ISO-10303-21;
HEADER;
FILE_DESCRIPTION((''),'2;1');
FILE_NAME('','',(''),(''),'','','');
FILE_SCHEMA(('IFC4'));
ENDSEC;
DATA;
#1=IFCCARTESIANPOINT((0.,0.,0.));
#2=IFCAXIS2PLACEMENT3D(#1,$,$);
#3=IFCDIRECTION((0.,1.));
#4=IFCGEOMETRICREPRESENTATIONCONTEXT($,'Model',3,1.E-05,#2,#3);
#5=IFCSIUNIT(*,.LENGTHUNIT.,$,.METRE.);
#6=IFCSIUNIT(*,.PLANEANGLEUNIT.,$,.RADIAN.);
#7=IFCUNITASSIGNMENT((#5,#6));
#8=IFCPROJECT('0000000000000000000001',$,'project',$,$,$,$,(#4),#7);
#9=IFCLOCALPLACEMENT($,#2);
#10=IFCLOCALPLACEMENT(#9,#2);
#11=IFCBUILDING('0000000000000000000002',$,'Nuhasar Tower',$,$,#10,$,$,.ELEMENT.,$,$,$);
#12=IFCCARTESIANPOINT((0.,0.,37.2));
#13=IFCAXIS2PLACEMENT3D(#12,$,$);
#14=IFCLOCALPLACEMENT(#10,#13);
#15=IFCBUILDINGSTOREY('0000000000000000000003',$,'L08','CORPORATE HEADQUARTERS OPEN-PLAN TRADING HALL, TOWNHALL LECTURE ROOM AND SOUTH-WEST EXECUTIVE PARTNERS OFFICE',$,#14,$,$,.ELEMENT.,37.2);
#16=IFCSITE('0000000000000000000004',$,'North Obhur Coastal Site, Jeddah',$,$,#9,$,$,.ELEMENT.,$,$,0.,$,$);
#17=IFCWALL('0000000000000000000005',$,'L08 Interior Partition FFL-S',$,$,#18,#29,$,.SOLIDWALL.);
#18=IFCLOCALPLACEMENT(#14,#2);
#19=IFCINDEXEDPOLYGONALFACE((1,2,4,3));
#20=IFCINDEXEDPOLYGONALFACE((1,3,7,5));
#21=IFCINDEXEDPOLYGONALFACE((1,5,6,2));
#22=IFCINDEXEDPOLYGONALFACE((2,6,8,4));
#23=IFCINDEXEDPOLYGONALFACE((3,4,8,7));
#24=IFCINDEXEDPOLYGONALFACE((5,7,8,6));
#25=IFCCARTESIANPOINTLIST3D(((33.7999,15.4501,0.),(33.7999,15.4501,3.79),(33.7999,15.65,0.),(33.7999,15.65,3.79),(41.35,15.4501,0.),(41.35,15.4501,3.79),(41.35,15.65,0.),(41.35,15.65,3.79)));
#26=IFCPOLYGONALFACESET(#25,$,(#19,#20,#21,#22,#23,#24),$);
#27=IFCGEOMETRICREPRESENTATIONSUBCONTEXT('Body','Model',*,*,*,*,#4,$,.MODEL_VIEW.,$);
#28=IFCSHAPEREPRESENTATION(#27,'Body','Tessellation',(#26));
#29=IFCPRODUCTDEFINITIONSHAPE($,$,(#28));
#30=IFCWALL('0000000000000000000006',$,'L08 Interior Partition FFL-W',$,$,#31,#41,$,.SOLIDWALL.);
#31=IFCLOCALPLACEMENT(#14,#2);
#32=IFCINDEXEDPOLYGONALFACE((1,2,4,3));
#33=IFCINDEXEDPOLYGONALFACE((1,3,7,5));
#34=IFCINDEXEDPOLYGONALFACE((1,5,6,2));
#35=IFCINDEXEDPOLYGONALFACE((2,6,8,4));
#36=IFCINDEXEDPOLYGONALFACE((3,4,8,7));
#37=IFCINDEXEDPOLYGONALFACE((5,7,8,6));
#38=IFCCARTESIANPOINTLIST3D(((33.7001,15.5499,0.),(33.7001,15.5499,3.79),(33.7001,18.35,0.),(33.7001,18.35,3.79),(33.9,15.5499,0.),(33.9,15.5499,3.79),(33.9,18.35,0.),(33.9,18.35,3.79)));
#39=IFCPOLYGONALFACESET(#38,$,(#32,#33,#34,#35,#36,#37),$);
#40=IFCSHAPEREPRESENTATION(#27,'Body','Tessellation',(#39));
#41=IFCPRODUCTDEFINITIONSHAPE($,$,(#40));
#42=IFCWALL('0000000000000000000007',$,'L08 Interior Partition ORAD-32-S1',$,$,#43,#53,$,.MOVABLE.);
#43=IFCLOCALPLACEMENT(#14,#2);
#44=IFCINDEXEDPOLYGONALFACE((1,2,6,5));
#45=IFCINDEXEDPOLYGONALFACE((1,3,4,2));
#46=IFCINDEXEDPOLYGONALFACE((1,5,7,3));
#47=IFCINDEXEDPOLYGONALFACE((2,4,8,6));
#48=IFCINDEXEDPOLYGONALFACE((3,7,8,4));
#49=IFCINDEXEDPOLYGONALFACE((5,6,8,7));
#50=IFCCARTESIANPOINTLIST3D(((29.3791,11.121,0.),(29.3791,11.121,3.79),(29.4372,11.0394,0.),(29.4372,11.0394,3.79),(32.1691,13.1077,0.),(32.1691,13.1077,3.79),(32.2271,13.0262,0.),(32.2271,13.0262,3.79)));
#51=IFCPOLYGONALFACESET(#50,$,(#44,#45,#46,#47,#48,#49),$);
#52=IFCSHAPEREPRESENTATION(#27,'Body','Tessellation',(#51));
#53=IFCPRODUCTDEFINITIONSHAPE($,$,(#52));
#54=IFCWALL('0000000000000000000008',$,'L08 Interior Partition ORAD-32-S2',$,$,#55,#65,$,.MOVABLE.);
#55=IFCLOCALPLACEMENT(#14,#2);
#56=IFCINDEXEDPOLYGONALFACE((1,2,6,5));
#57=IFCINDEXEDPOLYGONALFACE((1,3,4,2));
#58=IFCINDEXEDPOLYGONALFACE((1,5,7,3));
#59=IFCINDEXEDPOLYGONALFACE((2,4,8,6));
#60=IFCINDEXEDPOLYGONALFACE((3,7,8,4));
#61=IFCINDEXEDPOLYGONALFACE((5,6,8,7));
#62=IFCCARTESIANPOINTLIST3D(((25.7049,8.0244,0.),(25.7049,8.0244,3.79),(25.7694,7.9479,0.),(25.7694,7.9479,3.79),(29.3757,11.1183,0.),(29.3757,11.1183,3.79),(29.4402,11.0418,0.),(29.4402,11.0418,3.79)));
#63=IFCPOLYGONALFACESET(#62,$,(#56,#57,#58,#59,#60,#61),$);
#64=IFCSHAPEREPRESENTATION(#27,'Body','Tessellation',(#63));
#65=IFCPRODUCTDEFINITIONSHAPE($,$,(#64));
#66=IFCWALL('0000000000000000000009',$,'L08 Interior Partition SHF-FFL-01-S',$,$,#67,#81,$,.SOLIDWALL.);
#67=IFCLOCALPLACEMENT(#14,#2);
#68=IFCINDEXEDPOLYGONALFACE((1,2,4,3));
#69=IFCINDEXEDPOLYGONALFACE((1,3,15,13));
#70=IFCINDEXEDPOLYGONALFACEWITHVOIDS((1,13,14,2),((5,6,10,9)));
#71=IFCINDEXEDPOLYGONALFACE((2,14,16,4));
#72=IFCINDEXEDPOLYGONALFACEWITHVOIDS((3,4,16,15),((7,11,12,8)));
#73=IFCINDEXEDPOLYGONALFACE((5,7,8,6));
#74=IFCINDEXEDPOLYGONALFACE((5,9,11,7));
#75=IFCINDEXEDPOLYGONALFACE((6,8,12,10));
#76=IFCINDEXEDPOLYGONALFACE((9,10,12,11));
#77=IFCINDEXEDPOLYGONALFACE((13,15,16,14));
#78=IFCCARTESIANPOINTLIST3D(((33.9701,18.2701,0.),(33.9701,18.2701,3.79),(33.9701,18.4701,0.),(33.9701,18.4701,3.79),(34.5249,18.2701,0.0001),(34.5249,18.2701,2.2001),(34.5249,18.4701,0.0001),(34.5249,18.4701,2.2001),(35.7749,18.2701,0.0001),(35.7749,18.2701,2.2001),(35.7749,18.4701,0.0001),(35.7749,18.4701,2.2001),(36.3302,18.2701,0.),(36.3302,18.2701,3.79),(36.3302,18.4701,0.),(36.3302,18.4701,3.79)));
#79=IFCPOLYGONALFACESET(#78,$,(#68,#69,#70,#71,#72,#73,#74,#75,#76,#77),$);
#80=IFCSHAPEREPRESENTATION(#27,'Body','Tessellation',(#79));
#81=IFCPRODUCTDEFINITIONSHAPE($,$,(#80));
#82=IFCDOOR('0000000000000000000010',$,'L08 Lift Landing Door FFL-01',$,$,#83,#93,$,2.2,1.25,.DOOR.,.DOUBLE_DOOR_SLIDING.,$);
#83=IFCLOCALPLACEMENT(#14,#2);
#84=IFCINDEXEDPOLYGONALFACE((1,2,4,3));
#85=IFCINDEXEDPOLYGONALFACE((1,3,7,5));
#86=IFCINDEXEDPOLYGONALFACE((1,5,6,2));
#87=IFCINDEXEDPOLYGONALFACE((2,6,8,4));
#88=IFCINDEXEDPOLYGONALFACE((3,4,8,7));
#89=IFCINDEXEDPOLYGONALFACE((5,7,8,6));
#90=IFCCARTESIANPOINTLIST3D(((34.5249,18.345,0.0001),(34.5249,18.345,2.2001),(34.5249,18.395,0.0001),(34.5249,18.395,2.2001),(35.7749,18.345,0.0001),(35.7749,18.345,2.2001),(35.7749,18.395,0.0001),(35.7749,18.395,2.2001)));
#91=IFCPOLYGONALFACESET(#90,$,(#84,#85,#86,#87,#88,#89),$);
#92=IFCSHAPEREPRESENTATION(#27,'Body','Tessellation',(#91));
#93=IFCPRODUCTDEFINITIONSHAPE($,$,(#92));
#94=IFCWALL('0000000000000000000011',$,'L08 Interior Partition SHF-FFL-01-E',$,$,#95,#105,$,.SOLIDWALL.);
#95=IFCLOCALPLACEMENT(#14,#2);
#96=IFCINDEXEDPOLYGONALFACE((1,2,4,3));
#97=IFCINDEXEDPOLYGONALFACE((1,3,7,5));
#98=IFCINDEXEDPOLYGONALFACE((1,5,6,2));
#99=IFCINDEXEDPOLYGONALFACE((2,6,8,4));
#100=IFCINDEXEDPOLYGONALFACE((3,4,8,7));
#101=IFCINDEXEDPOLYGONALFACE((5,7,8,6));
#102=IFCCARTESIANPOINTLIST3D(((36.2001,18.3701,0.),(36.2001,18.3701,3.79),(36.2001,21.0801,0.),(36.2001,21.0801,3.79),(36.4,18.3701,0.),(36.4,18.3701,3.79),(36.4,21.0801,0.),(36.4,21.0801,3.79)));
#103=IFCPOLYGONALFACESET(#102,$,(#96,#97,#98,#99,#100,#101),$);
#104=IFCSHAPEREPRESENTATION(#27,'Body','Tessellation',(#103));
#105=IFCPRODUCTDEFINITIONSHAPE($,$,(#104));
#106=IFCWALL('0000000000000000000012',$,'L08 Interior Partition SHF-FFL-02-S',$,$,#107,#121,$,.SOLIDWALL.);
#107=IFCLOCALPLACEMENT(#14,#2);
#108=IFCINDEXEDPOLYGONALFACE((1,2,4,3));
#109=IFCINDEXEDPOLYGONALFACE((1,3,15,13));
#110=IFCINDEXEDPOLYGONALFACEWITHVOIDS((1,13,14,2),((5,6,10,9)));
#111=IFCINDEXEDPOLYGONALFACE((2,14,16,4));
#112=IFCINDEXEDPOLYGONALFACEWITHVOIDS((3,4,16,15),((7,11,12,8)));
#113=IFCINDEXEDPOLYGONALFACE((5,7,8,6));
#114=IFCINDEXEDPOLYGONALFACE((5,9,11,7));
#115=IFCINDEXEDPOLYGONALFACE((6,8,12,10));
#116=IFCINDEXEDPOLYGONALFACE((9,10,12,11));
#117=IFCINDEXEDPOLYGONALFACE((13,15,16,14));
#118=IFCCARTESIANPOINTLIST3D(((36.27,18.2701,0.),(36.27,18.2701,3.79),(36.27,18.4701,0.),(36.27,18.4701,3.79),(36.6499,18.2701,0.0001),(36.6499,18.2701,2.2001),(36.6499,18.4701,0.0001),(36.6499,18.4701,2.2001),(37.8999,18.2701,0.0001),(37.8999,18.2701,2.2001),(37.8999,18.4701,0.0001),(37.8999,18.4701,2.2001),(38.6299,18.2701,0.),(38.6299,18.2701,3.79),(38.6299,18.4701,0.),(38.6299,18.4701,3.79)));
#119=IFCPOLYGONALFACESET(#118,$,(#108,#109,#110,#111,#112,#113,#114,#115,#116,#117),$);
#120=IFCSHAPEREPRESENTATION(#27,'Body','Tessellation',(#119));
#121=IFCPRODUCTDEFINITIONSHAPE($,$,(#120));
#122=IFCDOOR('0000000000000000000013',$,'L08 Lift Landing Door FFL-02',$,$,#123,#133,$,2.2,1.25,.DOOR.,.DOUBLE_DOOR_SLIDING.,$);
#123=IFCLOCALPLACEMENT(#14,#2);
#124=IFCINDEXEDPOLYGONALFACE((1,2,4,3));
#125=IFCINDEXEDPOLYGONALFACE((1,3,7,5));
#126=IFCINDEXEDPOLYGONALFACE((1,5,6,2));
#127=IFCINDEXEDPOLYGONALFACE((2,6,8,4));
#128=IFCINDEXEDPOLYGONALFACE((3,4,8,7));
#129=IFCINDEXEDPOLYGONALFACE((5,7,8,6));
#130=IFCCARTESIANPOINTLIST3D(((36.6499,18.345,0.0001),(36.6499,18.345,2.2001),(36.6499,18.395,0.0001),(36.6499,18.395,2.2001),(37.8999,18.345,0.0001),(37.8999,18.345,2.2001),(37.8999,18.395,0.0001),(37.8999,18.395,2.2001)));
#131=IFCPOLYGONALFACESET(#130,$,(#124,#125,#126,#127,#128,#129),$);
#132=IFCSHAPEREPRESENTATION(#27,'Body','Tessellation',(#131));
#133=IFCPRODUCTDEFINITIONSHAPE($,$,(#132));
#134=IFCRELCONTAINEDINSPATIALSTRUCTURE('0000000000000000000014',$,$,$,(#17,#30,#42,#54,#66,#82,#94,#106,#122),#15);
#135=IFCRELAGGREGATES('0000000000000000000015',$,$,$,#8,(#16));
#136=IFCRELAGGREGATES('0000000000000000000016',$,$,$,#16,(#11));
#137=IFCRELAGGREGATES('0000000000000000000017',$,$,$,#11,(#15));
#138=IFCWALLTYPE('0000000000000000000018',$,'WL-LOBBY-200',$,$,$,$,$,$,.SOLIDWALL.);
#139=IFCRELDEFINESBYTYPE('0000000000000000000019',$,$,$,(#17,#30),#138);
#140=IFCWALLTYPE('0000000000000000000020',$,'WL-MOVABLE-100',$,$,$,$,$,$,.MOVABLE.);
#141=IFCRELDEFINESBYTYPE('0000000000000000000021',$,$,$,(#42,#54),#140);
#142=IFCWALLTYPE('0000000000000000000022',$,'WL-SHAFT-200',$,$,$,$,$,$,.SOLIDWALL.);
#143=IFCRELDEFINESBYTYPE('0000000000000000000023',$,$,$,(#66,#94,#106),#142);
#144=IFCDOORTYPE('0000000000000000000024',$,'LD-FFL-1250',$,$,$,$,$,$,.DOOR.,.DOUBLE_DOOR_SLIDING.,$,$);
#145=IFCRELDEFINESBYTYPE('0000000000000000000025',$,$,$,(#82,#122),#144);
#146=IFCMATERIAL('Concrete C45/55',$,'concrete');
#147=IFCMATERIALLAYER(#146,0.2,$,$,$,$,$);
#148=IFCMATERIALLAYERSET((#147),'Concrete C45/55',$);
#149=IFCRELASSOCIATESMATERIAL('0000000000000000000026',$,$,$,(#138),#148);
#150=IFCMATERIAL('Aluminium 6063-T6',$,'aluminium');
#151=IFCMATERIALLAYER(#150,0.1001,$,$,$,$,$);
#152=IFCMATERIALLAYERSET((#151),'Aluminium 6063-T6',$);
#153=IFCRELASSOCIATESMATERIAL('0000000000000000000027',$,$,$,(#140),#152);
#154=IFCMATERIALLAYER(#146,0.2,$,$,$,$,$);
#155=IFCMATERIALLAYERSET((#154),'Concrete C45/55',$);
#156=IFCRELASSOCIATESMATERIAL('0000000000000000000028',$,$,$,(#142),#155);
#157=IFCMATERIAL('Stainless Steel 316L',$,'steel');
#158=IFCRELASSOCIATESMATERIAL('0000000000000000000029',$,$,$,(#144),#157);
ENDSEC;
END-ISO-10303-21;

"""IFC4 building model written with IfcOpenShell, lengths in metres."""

from ifc_helpers import new_model, si_unit, direction, frame, frame_2d, origin, place, context, subcontext, project, spatial, rectangle, extrude, material, layer, layer_set, type_object, element, fill, save


model = new_model("IFC4")

# Units and contexts
model_context = context("Model", 3, precision=1e-05, world=origin(), true_north=direction((0.0, 1.0)))
body_context = subcontext(model_context, "Body", "Model", "MODEL_VIEW")
ifc_project = project(units=[si_unit("LENGTHUNIT", "METRE"), si_unit("PLANEANGLEUNIT", "RADIAN")], contexts=[model_context])

# Site, building, storey
site_placement = place(None, origin())
site = spatial("IfcSite", under=ifc_project, at=site_placement, Name="North Obhur Coastal Site, Jeddah", CompositionType="ELEMENT", RefElevation=0.0)
building_placement = place(site_placement, origin())
building = spatial("IfcBuilding", under=site, at=building_placement, Name="Nuhasar Tower", CompositionType="ELEMENT")
storey_placement = place(building_placement, frame((0.0, 0.0, 37.2)))
storey = spatial("IfcBuildingStorey", under=building, at=storey_placement, Name="L08", Description="CORPORATE HEADQUARTERS OPEN-PLAN TRADING HALL, TOWNHALL LECTURE ROOM AND SOUTH-WEST EXECUTIVE PARTNERS OFFICE", CompositionType="ELEMENT", Elevation=37.2)

# Shared definitions
ifc_material_1 = material(Name="Aluminium 6063-T6", Category="aluminium")

# Walls
ifc_material_2 = material(Name="Concrete C45/55", Category="concrete")
ifc_layer_1 = layer(ifc_material_2, 0.2)
ifc_layer_set_1 = layer_set([ifc_layer_1], Name="Concrete C45/55")
wall_type_1 = type_object("IfcWallType", Name="WL-LOBBY-200", PredefinedType="SOLIDWALL", material=ifc_layer_set_1)
wall_1_placement = place(storey_placement, frame((33.8, 15.55, 0.0), z_axis=(0.0, 0.0, 1.0), x_axis=(1.0, 0.0, 0.0)))
element("IfcWall", 1, at=wall_1_placement, inside=storey, type_object=wall_type_1, Name="L08 Interior Partition FFL-S", PredefinedType="SOLIDWALL", context=body_context, shape_type="SweptSolid", body=[
    extrude(rectangle(XDim=7.55, YDim=0.2, at=frame_2d((3.7749, 0.0))), origin(), (0.0, 0.0, 1.0), 3.79),
])
wall_2_placement = place(storey_placement, frame((33.8, 15.55, 0.0), z_axis=(0.0, 0.0, 1.0), x_axis=(0.0, 1.0, 0.0)))
element("IfcWall", 2, at=wall_2_placement, inside=storey, type_object=wall_type_1, Name="L08 Interior Partition FFL-W", PredefinedType="SOLIDWALL", context=body_context, shape_type="SweptSolid", body=[
    extrude(rectangle(XDim=2.8, YDim=0.2, at=frame_2d((1.3999, 0.0))), origin(), (0.0, 0.0, 1.0), 3.79),
])
ifc_layer_2 = layer(ifc_material_1, 0.1001)
ifc_layer_set_2 = layer_set([ifc_layer_2], Name="Aluminium 6063-T6")
wall_type_2 = type_object("IfcWallType", Name="WL-MOVABLE-100", PredefinedType="MOVABLE", material=ifc_layer_set_2)
wall_3_placement = place(storey_placement, frame((32.198, 13.0669, 0.0), z_axis=(0.0, 0.0, 1.0), x_axis=(-0.814571, -0.580064, 0.0)))
element("IfcWall", 3, at=wall_3_placement, inside=storey, type_object=wall_type_2, Name="L08 Interior Partition ORAD-32-S1", PredefinedType="MOVABLE", context=body_context, shape_type="SweptSolid", body=[
    extrude(rectangle(XDim=3.425, YDim=0.1001, at=frame_2d((1.7124, 0.0))), origin(), (0.0, 0.0, 1.0), 3.79),
])
wall_4_placement = place(storey_placement, frame((29.408, 11.0801, 0.0), z_axis=(0.0, 0.0, 1.0), x_axis=(-0.764633, -0.644466, 0.0)))
element("IfcWall", 4, at=wall_4_placement, inside=storey, type_object=wall_type_2, Name="L08 Interior Partition ORAD-32-S2", PredefinedType="MOVABLE", context=body_context, shape_type="SweptSolid", body=[
    extrude(rectangle(XDim=4.8008, YDim=0.1001, at=frame_2d((2.4004, 0.0))), origin(), (0.0, 0.0, 1.0), 3.79),
])

# Wall, opening, door
ifc_layer_3 = layer(ifc_material_2, 0.2)
ifc_layer_set_3 = layer_set([ifc_layer_3], Name="Concrete C45/55")
wall_type_3 = type_object("IfcWallType", Name="WL-SHAFT-200", PredefinedType="SOLIDWALL", material=ifc_layer_set_3)
wall_5_placement = place(storey_placement, frame((33.97, 18.3701, 0.0), z_axis=(0.0, 0.0, 1.0), x_axis=(1.0, 0.0, 0.0)))
wall_5 = element("IfcWall", 5, at=wall_5_placement, inside=storey, type_object=wall_type_3, Name="L08 Interior Partition SHF-FFL-01-S", PredefinedType="SOLIDWALL", context=body_context, shape_type="SweptSolid", body=[
    extrude(rectangle(XDim=2.3601, YDim=0.2, at=frame_2d((1.1802, 0.0))), origin(), (0.0, 0.0, 1.0), 3.79),
])
opening_1_placement = place(wall_5_placement, frame((0.5549, 0.0, 0.0)))
opening_1 = element("IfcOpeningElement", 6, at=opening_1_placement, cuts=wall_5, PredefinedType="OPENING", context=body_context, shape_type="SweptSolid", body=[
    extrude(rectangle(XDim=1.25, YDim=2.2, at=frame_2d((0.625, 1.1001))), frame((0.0, 0.1099, 0.0), z_axis=(0.0, -1.0, 0.0), x_axis=(1.0, 0.0, 0.0)), (0.0, 0.0, 1.0), 0.22),
])
ifc_material_3 = material(Name="Stainless Steel 316L", Category="steel")
door_type_1 = type_object("IfcDoorType", Name="LD-FFL-1250", OperationType="DOUBLE_DOOR_SLIDING", PredefinedType="DOOR", material=ifc_material_3)
door_1_placement = place(opening_1_placement, origin())
door_1 = element("IfcDoor", 7, at=door_1_placement, inside=storey, type_object=door_type_1, Name="L08 Lift Landing Door FFL-01", OperationType="DOUBLE_DOOR_SLIDING", OverallHeight=2.2, OverallWidth=1.25, PredefinedType="DOOR", context=body_context, shape_type="SweptSolid", body=[
    extrude(rectangle(XDim=1.25, YDim=2.2, at=frame_2d((0.625, 1.1001))), frame((0.0, 0.0249, 0.0), z_axis=(0.0, -1.0, 0.0), x_axis=(1.0, 0.0, 0.0)), (0.0, 0.0, 1.0), 0.05),
])
fill(opening_1, door_1)

# Wall
wall_6_placement = place(storey_placement, frame((36.3, 18.3701, 0.0), z_axis=(0.0, 0.0, 1.0), x_axis=(0.0, 1.0, 0.0)))
element("IfcWall", 8, at=wall_6_placement, inside=storey, type_object=wall_type_3, Name="L08 Interior Partition SHF-FFL-01-E", PredefinedType="SOLIDWALL", context=body_context, shape_type="SweptSolid", body=[
    extrude(rectangle(XDim=2.71, YDim=0.2, at=frame_2d((1.355, 0.0))), origin(), (0.0, 0.0, 1.0), 3.79),
])

# Wall, opening, door
wall_7_placement = place(storey_placement, frame((36.27, 18.3701, 0.0), z_axis=(0.0, 0.0, 1.0), x_axis=(1.0, 0.0, 0.0)))
wall_7 = element("IfcWall", 9, at=wall_7_placement, inside=storey, type_object=wall_type_3, Name="L08 Interior Partition SHF-FFL-02-S", PredefinedType="SOLIDWALL", context=body_context, shape_type="SweptSolid", body=[
    extrude(rectangle(XDim=2.3599, YDim=0.2, at=frame_2d((1.1799, 0.0))), origin(), (0.0, 0.0, 1.0), 3.79),
])
opening_2_placement = place(wall_7_placement, frame((0.3799, 0.0, 0.0)))
opening_2 = element("IfcOpeningElement", 10, at=opening_2_placement, cuts=wall_7, PredefinedType="OPENING", context=body_context, shape_type="SweptSolid", body=[
    extrude(rectangle(XDim=1.25, YDim=2.2, at=frame_2d((0.625, 1.1001))), frame((0.0, 0.1099, 0.0), z_axis=(0.0, -1.0, 0.0), x_axis=(1.0, 0.0, 0.0)), (0.0, 0.0, 1.0), 0.22),
])
door_2_placement = place(opening_2_placement, origin())
door_2 = element("IfcDoor", 11, at=door_2_placement, inside=storey, type_object=door_type_1, Name="L08 Lift Landing Door FFL-02", OperationType="DOUBLE_DOOR_SLIDING", OverallHeight=2.2, OverallWidth=1.25, PredefinedType="DOOR", context=body_context, shape_type="SweptSolid", body=[
    extrude(rectangle(XDim=1.25, YDim=2.2, at=frame_2d((0.625, 1.1001))), frame((0.0, 0.0249, 0.0), z_axis=(0.0, -1.0, 0.0), x_axis=(1.0, 0.0, 0.0)), (0.0, 0.0, 1.0), 0.05),
])
fill(opening_2, door_2)

save(model, "model.ifc")
